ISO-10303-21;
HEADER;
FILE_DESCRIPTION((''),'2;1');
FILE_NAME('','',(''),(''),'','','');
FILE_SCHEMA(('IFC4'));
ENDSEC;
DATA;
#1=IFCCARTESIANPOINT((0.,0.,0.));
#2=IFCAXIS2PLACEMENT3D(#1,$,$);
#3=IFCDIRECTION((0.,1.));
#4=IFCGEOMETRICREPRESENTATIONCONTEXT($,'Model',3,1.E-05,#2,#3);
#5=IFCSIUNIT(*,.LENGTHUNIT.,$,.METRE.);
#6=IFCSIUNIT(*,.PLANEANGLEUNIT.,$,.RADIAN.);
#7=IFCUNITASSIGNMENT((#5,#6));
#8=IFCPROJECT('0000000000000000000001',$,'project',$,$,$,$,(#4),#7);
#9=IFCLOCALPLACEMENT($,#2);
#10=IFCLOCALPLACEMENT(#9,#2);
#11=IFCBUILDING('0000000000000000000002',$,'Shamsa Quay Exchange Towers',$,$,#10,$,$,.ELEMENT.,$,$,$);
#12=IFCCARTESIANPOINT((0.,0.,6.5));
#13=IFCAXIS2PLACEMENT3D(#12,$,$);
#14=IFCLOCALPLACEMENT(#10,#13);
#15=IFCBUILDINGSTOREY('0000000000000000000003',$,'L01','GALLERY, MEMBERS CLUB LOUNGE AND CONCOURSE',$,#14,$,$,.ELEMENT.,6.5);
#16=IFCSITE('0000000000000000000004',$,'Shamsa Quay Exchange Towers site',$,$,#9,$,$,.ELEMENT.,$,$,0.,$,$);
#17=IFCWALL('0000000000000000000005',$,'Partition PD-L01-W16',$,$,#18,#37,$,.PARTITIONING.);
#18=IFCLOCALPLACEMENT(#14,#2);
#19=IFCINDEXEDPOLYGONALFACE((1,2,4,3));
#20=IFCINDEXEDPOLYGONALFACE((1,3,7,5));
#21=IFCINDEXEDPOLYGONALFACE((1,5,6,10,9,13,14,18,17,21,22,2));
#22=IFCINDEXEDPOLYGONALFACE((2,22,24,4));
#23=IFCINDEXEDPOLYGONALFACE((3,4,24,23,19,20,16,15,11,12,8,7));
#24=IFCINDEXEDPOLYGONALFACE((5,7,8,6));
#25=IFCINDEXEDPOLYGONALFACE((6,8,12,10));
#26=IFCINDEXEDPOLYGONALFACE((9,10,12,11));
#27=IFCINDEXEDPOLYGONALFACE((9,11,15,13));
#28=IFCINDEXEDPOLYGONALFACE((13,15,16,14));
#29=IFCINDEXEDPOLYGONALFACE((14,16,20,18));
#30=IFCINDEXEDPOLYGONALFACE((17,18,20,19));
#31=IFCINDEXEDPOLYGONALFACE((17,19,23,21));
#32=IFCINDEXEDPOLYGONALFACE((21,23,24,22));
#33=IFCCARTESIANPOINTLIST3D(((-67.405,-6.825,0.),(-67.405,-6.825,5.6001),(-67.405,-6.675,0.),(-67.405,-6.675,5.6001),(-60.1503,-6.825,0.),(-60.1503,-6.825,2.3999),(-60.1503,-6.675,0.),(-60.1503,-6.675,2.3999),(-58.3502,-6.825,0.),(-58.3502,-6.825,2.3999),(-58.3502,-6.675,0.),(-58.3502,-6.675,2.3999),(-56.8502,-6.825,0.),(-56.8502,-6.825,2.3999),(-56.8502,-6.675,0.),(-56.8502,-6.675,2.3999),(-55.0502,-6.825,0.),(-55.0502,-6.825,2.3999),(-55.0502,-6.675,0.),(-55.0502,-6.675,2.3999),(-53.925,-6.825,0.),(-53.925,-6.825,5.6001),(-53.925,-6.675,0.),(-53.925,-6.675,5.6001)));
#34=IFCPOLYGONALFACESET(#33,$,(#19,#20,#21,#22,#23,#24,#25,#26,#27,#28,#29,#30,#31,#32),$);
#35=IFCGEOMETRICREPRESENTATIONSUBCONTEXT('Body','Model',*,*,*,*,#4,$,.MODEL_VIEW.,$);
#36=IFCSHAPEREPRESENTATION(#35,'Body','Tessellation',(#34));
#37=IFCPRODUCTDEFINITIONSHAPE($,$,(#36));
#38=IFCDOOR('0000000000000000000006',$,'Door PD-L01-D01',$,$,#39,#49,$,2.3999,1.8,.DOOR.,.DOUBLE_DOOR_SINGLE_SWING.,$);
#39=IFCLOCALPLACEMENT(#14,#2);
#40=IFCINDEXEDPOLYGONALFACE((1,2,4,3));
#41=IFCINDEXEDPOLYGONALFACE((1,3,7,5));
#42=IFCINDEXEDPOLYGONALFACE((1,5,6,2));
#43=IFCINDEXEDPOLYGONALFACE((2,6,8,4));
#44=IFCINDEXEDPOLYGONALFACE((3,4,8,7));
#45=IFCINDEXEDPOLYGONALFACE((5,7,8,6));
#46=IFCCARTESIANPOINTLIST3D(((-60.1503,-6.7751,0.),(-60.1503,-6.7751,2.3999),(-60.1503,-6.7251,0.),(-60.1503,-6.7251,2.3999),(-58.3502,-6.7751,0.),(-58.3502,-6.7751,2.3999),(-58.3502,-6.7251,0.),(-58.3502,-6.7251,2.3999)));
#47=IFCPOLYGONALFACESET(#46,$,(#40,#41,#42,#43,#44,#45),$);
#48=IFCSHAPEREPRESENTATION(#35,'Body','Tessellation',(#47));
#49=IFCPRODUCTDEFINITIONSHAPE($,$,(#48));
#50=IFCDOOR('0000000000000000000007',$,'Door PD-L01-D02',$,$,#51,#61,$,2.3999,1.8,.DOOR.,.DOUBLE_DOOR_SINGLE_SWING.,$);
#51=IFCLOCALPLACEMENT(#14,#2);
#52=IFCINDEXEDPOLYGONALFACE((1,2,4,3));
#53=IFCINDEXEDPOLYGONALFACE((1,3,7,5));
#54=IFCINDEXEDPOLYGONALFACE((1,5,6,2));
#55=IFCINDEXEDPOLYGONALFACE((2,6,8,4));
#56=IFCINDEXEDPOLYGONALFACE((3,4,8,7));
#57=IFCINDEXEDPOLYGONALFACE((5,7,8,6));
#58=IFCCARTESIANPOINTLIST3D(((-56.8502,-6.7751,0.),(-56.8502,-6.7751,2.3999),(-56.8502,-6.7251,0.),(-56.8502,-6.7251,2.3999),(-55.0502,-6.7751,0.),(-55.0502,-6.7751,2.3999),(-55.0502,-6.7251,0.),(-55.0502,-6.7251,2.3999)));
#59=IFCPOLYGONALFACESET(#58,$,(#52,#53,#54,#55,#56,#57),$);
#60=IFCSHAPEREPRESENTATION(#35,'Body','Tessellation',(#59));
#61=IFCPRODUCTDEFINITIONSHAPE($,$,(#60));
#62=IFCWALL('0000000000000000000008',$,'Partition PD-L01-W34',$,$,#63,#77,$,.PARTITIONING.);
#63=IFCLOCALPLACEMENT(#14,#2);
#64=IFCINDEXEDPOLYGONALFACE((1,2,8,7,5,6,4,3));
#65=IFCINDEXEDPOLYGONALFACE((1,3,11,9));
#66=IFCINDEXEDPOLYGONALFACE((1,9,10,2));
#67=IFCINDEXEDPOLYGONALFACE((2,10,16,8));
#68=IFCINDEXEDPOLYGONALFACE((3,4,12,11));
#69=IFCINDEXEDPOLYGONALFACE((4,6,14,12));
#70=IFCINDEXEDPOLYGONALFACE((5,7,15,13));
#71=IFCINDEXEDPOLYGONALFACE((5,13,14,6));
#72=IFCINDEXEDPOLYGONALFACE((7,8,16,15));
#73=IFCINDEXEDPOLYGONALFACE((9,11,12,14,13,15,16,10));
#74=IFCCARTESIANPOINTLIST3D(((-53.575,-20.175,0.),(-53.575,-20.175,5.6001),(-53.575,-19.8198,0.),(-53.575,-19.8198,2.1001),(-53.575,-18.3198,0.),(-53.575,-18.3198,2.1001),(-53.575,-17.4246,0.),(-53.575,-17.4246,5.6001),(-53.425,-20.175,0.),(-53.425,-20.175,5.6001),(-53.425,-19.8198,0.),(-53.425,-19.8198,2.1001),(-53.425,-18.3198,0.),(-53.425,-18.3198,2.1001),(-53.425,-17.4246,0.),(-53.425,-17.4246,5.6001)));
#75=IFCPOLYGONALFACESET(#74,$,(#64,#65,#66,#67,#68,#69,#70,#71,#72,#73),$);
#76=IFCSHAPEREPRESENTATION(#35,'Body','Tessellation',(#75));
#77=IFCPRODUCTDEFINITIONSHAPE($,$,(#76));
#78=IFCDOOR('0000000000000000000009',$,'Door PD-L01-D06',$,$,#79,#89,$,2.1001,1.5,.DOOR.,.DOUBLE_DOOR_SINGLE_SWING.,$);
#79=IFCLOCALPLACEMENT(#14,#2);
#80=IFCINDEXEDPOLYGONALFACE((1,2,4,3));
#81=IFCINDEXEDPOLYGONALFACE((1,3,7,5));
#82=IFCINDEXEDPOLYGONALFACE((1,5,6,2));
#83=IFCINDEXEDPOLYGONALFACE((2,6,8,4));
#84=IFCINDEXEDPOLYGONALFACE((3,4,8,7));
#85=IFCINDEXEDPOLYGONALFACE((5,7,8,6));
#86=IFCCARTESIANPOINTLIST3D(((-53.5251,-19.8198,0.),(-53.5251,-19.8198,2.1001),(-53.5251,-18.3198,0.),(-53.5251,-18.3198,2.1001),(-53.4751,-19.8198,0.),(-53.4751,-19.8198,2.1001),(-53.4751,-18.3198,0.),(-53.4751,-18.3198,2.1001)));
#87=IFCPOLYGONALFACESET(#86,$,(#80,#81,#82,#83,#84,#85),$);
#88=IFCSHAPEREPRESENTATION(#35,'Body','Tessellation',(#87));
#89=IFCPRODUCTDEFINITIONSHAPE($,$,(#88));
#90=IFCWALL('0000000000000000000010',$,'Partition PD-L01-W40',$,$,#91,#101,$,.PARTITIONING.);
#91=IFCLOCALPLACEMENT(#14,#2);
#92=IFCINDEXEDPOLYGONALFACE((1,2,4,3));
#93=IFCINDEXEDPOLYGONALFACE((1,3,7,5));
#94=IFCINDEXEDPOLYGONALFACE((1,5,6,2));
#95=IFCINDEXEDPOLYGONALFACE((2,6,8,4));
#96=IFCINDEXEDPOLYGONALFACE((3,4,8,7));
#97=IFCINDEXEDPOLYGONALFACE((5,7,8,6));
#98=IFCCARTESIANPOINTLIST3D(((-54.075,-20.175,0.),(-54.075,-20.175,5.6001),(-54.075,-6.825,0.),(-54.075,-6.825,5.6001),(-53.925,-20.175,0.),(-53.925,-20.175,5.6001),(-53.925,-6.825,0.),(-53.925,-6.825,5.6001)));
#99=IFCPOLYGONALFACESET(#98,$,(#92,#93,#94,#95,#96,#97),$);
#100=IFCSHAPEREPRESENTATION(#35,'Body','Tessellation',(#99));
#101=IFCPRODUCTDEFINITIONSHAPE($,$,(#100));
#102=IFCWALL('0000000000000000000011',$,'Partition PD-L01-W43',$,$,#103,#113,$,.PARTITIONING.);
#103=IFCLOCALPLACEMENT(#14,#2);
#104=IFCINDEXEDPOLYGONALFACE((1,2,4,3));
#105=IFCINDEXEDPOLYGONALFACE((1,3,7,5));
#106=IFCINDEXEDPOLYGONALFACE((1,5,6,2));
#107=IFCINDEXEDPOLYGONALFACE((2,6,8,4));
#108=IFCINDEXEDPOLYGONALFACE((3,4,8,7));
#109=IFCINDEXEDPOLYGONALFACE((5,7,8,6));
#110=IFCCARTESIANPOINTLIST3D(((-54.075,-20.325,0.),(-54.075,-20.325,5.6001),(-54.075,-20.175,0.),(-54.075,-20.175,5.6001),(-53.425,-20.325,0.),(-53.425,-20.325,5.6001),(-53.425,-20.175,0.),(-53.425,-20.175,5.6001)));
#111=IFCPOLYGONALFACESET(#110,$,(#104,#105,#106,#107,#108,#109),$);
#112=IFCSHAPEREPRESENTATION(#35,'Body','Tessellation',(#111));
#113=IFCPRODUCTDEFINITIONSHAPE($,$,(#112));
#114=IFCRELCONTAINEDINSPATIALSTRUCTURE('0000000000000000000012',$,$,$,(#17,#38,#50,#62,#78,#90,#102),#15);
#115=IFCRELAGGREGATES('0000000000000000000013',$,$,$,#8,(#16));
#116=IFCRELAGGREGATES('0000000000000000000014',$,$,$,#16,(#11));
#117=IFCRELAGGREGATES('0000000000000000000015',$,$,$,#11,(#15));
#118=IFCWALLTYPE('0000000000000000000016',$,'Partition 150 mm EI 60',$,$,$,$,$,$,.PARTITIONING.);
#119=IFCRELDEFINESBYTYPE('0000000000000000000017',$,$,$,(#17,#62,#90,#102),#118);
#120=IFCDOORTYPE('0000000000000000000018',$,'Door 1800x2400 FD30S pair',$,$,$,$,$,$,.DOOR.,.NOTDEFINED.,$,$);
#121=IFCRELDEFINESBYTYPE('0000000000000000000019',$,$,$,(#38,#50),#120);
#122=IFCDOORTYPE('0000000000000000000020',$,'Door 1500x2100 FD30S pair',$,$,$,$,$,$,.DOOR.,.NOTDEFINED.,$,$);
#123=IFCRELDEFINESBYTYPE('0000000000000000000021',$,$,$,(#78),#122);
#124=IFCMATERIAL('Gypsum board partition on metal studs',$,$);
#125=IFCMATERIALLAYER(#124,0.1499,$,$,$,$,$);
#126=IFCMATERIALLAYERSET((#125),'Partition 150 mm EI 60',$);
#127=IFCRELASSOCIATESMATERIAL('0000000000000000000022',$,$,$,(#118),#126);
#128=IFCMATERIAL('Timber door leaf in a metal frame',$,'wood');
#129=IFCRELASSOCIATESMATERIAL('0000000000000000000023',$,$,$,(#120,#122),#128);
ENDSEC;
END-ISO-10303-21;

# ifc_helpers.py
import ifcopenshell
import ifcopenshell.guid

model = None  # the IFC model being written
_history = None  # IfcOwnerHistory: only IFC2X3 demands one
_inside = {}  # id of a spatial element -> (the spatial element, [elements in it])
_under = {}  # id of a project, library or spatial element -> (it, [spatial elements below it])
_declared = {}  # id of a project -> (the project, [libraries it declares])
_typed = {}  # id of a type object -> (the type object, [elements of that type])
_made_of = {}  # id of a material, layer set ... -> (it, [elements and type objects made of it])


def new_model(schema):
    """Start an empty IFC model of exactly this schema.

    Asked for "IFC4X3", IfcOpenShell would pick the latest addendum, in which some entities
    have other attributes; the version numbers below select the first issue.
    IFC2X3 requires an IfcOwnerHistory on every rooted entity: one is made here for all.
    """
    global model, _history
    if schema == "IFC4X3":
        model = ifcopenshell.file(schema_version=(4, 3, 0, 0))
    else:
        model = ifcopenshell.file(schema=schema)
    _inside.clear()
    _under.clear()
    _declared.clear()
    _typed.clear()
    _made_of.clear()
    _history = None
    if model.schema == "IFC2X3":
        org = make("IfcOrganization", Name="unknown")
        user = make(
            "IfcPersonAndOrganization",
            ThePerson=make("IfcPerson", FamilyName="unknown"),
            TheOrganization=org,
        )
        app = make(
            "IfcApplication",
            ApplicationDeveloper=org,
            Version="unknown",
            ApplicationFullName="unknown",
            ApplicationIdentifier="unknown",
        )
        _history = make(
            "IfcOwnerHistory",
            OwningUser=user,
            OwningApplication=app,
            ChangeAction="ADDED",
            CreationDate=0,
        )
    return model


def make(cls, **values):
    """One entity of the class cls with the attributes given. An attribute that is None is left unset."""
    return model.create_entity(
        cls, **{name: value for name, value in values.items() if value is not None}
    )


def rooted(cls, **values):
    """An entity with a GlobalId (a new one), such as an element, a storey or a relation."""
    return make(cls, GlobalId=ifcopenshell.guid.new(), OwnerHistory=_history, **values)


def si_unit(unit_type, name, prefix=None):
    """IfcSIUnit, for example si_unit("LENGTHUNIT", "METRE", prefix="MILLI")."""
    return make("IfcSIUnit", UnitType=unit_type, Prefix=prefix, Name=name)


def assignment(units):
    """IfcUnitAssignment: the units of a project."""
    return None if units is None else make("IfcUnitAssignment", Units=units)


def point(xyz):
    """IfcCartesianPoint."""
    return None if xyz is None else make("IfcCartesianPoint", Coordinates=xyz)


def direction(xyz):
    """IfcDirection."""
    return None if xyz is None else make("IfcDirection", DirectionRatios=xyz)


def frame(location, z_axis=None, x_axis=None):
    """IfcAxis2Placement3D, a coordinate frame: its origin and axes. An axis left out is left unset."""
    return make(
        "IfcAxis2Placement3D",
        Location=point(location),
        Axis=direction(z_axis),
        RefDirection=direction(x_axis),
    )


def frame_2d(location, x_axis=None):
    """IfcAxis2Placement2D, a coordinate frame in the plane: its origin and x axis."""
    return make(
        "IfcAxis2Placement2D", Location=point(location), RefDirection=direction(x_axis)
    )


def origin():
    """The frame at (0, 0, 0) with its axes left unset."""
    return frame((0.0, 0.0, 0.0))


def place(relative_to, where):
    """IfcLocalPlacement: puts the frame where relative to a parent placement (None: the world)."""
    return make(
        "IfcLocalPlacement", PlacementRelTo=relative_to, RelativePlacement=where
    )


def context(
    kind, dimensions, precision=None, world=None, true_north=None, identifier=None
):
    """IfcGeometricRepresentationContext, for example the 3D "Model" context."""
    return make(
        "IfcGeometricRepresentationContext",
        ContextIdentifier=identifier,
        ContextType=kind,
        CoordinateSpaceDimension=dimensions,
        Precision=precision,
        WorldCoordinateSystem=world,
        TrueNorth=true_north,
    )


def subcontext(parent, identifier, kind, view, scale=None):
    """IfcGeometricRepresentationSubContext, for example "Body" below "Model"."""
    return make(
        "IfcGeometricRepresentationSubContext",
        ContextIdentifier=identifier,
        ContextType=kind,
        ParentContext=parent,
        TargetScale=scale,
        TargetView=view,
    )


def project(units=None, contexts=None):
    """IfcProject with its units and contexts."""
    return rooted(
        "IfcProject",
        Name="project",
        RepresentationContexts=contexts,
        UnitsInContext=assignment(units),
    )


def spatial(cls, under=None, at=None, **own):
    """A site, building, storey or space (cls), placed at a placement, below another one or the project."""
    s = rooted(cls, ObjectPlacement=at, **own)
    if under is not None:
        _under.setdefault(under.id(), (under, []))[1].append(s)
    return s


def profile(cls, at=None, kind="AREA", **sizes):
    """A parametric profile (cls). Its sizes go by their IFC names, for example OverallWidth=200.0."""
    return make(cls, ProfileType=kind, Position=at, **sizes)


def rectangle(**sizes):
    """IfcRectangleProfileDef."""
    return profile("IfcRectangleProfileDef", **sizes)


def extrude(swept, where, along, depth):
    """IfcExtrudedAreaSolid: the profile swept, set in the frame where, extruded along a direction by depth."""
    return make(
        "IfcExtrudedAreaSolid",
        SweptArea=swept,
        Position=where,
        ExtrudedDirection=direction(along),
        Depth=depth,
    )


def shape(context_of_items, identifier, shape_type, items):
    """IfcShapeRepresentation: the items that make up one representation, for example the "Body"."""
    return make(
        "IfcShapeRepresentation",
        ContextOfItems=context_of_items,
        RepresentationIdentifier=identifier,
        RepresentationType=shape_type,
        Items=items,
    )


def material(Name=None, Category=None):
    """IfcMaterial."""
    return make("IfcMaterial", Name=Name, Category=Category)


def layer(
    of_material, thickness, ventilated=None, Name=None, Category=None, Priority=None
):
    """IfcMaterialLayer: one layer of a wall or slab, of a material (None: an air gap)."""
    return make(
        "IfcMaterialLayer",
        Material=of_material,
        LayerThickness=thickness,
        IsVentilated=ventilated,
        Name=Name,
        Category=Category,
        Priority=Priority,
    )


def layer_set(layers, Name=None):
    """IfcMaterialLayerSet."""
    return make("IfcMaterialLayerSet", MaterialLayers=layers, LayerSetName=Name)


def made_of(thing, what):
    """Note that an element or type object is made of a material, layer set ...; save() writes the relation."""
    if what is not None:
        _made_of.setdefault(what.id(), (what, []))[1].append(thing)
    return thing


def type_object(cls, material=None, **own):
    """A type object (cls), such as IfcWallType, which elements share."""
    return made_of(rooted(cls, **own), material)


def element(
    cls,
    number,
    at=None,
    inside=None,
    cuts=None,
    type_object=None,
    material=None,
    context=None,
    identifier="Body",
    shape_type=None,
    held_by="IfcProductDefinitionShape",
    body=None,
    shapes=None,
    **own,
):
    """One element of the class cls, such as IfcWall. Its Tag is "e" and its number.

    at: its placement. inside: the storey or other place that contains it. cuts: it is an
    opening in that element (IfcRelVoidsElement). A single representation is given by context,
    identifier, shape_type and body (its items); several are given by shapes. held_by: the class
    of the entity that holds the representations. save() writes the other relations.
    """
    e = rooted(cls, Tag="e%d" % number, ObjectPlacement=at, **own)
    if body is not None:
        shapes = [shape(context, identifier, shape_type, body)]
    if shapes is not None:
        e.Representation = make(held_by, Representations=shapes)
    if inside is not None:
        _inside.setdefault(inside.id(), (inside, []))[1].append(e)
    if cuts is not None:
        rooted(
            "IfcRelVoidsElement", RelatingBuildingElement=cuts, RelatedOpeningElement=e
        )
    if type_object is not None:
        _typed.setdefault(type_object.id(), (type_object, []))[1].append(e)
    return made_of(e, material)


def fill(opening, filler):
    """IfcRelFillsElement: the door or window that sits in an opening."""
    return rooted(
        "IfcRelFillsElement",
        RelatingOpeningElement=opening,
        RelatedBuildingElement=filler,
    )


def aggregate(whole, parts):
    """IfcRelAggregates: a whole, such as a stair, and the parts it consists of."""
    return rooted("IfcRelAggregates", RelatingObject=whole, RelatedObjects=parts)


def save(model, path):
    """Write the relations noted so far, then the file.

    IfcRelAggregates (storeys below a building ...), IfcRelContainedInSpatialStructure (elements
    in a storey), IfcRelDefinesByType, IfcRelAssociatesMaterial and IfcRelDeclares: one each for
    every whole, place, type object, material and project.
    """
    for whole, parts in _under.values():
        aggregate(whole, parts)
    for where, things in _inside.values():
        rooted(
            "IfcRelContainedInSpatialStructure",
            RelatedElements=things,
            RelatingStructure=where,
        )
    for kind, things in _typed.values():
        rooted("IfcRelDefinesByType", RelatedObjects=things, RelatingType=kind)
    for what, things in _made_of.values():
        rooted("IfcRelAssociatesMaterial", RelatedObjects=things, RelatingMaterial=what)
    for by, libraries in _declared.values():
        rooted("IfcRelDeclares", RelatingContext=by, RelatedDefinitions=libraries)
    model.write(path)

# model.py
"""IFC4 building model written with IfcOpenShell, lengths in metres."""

from ifc_helpers import new_model, si_unit, direction, frame, frame_2d, origin, place, context, subcontext, project, spatial, rectangle, extrude, material, layer, layer_set, type_object, element, fill, save


model = new_model("IFC4")

# Units and contexts
model_context = context("Model", 3, precision=1e-05, world=origin(), true_north=direction((0.0, 1.0)))
body_context = subcontext(model_context, "Body", "Model", "MODEL_VIEW")
ifc_project = project(units=[si_unit("LENGTHUNIT", "METRE"), si_unit("PLANEANGLEUNIT", "RADIAN")], contexts=[model_context])

# Site, building, storey
site_placement = place(None, origin())
site = spatial("IfcSite", under=ifc_project, at=site_placement, Name="Shamsa Quay Exchange Towers site", CompositionType="ELEMENT", RefElevation=0.0)
building_placement = place(site_placement, origin())
building = spatial("IfcBuilding", under=site, at=building_placement, Name="Shamsa Quay Exchange Towers", CompositionType="ELEMENT")
storey_placement = place(building_placement, frame((0.0, 0.0, 6.5)))
storey = spatial("IfcBuildingStorey", under=building, at=storey_placement, Name="L01", Description="GALLERY, MEMBERS CLUB LOUNGE AND CONCOURSE", CompositionType="ELEMENT", Elevation=6.5)

# Wall, openings, doors
ifc_material_1 = material(Name="Gypsum board partition on metal studs")
ifc_layer_1 = layer(ifc_material_1, 0.1499)
ifc_layer_set_1 = layer_set([ifc_layer_1], Name="Partition 150 mm EI 60")
wall_type_1 = type_object("IfcWallType", Name="Partition 150 mm EI 60", PredefinedType="PARTITIONING", material=ifc_layer_set_1)
wall_1_placement = place(storey_placement, frame((-67.405, -6.75, 0.0)))
wall_1 = element("IfcWall", 1, at=wall_1_placement, inside=storey, type_object=wall_type_1, Name="Partition PD-L01-W16", PredefinedType="PARTITIONING", context=body_context, shape_type="SweptSolid", body=[
    extrude(rectangle(XDim=13.48, YDim=0.1499, at=frame_2d((6.74, 0.0))), origin(), (0.0, 0.0, 1.0), 5.6001),
])
opening_1_placement = place(wall_1_placement, frame((7.2549, 0.0, 0.0)))
opening_1 = element("IfcOpeningElement", 2, at=opening_1_placement, cuts=wall_1, PredefinedType="OPENING", context=body_context, shape_type="SweptSolid", body=[
    extrude(rectangle(XDim=1.8, YDim=2.3999, at=frame_2d((0.8999, 1.2))), frame((0.0, 0.085, 0.0), z_axis=(0.0, -1.0, 0.0), x_axis=(1.0, 0.0, 0.0)), (0.0, 0.0, 1.0), 0.1699),
])
opening_2_placement = place(wall_1_placement, frame((10.5549, 0.0, 0.0)))
opening_2 = element("IfcOpeningElement", 3, at=opening_2_placement, cuts=wall_1, PredefinedType="OPENING", context=body_context, shape_type="SweptSolid", body=[
    extrude(rectangle(XDim=1.8, YDim=2.3999, at=frame_2d((0.8999, 1.2))), frame((0.0, 0.085, 0.0), z_axis=(0.0, -1.0, 0.0), x_axis=(1.0, 0.0, 0.0)), (0.0, 0.0, 1.0), 0.1699),
])
ifc_material_2 = material(Name="Timber door leaf in a metal frame", Category="wood")
door_type_1 = type_object("IfcDoorType", Name="Door 1800x2400 FD30S pair", OperationType="NOTDEFINED", PredefinedType="DOOR", material=ifc_material_2)
door_1_placement = place(opening_1_placement, origin())
door_1 = element("IfcDoor", 4, at=door_1_placement, inside=storey, type_object=door_type_1, Name="Door PD-L01-D01", OperationType="DOUBLE_DOOR_SINGLE_SWING", OverallHeight=2.3999, OverallWidth=1.8, PredefinedType="DOOR", context=body_context, shape_type="SweptSolid", body=[
    extrude(rectangle(XDim=1.8, YDim=2.3999, at=frame_2d((0.8999, 1.2))), frame((0.0, 0.0249, 0.0), z_axis=(0.0, -1.0, 0.0), x_axis=(1.0, 0.0, 0.0)), (0.0, 0.0, 1.0), 0.05),
])
fill(opening_1, door_1)
door_2_placement = place(opening_2_placement, origin())
door_2 = element("IfcDoor", 5, at=door_2_placement, inside=storey, type_object=door_type_1, Name="Door PD-L01-D02", OperationType="DOUBLE_DOOR_SINGLE_SWING", OverallHeight=2.3999, OverallWidth=1.8, PredefinedType="DOOR", context=body_context, shape_type="SweptSolid", body=[
    extrude(rectangle(XDim=1.8, YDim=2.3999, at=frame_2d((0.8999, 1.2))), frame((0.0, 0.0249, 0.0), z_axis=(0.0, -1.0, 0.0), x_axis=(1.0, 0.0, 0.0)), (0.0, 0.0, 1.0), 0.05),
])
fill(opening_2, door_2)

# Wall, opening, door
wall_2_placement = place(storey_placement, frame((-53.5, -17.4246, 0.0), z_axis=(0.0, 0.0, 1.0), x_axis=(0.0, -1.0, 0.0)))
wall_2 = element("IfcWall", 6, at=wall_2_placement, inside=storey, type_object=wall_type_1, Name="Partition PD-L01-W34", PredefinedType="PARTITIONING", context=body_context, shape_type="SweptSolid", body=[
    extrude(rectangle(XDim=2.7505, YDim=0.1499, at=frame_2d((1.3752, 0.0))), origin(), (0.0, 0.0, 1.0), 5.6001),
])
opening_3_placement = place(wall_2_placement, frame((0.8953, 0.0, 0.0)))
opening_3 = element("IfcOpeningElement", 7, at=opening_3_placement, cuts=wall_2, PredefinedType="OPENING", context=body_context, shape_type="SweptSolid", body=[
    extrude(rectangle(XDim=1.5, YDim=2.1001, at=frame_2d((0.75, 1.05))), frame((0.0, 0.085, 0.0), z_axis=(0.0, -1.0, 0.0), x_axis=(1.0, 0.0, 0.0)), (0.0, 0.0, 1.0), 0.1699),
])
door_type_2 = type_object("IfcDoorType", Name="Door 1500x2100 FD30S pair", OperationType="NOTDEFINED", PredefinedType="DOOR", material=ifc_material_2)
door_3_placement = place(opening_3_placement, origin())
door_3 = element("IfcDoor", 8, at=door_3_placement, inside=storey, type_object=door_type_2, Name="Door PD-L01-D06", OperationType="DOUBLE_DOOR_SINGLE_SWING", OverallHeight=2.1001, OverallWidth=1.5, PredefinedType="DOOR", context=body_context, shape_type="SweptSolid", body=[
    extrude(rectangle(XDim=1.5, YDim=2.1001, at=frame_2d((0.75, 1.05))), frame((0.0, 0.0249, 0.0), z_axis=(0.0, -1.0, 0.0), x_axis=(1.0, 0.0, 0.0)), (0.0, 0.0, 1.0), 0.05),
])
fill(opening_3, door_3)

# Walls
wall_3_placement = place(storey_placement, frame((-54.0, -20.175, 0.0), z_axis=(0.0, 0.0, 1.0), x_axis=(0.0, 1.0, 0.0)))
element("IfcWall", 9, at=wall_3_placement, inside=storey, type_object=wall_type_1, Name="Partition PD-L01-W40", PredefinedType="PARTITIONING", context=body_context, shape_type="SweptSolid", body=[
    extrude(rectangle(XDim=13.3501, YDim=0.1499, at=frame_2d((6.675, 0.0))), origin(), (0.0, 0.0, 1.0), 5.6001),
])
wall_4_placement = place(storey_placement, frame((-53.425, -20.25, 0.0), z_axis=(0.0, 0.0, 1.0), x_axis=(-1.0, 0.0, 0.0)))
element("IfcWall", 10, at=wall_4_placement, inside=storey, type_object=wall_type_1, Name="Partition PD-L01-W43", PredefinedType="PARTITIONING", context=body_context, shape_type="SweptSolid", body=[
    extrude(rectangle(XDim=0.6499, YDim=0.1499, at=frame_2d((0.325, 0.0))), origin(), (0.0, 0.0, 1.0), 5.6001),
])

save(model, "model.ifc")
